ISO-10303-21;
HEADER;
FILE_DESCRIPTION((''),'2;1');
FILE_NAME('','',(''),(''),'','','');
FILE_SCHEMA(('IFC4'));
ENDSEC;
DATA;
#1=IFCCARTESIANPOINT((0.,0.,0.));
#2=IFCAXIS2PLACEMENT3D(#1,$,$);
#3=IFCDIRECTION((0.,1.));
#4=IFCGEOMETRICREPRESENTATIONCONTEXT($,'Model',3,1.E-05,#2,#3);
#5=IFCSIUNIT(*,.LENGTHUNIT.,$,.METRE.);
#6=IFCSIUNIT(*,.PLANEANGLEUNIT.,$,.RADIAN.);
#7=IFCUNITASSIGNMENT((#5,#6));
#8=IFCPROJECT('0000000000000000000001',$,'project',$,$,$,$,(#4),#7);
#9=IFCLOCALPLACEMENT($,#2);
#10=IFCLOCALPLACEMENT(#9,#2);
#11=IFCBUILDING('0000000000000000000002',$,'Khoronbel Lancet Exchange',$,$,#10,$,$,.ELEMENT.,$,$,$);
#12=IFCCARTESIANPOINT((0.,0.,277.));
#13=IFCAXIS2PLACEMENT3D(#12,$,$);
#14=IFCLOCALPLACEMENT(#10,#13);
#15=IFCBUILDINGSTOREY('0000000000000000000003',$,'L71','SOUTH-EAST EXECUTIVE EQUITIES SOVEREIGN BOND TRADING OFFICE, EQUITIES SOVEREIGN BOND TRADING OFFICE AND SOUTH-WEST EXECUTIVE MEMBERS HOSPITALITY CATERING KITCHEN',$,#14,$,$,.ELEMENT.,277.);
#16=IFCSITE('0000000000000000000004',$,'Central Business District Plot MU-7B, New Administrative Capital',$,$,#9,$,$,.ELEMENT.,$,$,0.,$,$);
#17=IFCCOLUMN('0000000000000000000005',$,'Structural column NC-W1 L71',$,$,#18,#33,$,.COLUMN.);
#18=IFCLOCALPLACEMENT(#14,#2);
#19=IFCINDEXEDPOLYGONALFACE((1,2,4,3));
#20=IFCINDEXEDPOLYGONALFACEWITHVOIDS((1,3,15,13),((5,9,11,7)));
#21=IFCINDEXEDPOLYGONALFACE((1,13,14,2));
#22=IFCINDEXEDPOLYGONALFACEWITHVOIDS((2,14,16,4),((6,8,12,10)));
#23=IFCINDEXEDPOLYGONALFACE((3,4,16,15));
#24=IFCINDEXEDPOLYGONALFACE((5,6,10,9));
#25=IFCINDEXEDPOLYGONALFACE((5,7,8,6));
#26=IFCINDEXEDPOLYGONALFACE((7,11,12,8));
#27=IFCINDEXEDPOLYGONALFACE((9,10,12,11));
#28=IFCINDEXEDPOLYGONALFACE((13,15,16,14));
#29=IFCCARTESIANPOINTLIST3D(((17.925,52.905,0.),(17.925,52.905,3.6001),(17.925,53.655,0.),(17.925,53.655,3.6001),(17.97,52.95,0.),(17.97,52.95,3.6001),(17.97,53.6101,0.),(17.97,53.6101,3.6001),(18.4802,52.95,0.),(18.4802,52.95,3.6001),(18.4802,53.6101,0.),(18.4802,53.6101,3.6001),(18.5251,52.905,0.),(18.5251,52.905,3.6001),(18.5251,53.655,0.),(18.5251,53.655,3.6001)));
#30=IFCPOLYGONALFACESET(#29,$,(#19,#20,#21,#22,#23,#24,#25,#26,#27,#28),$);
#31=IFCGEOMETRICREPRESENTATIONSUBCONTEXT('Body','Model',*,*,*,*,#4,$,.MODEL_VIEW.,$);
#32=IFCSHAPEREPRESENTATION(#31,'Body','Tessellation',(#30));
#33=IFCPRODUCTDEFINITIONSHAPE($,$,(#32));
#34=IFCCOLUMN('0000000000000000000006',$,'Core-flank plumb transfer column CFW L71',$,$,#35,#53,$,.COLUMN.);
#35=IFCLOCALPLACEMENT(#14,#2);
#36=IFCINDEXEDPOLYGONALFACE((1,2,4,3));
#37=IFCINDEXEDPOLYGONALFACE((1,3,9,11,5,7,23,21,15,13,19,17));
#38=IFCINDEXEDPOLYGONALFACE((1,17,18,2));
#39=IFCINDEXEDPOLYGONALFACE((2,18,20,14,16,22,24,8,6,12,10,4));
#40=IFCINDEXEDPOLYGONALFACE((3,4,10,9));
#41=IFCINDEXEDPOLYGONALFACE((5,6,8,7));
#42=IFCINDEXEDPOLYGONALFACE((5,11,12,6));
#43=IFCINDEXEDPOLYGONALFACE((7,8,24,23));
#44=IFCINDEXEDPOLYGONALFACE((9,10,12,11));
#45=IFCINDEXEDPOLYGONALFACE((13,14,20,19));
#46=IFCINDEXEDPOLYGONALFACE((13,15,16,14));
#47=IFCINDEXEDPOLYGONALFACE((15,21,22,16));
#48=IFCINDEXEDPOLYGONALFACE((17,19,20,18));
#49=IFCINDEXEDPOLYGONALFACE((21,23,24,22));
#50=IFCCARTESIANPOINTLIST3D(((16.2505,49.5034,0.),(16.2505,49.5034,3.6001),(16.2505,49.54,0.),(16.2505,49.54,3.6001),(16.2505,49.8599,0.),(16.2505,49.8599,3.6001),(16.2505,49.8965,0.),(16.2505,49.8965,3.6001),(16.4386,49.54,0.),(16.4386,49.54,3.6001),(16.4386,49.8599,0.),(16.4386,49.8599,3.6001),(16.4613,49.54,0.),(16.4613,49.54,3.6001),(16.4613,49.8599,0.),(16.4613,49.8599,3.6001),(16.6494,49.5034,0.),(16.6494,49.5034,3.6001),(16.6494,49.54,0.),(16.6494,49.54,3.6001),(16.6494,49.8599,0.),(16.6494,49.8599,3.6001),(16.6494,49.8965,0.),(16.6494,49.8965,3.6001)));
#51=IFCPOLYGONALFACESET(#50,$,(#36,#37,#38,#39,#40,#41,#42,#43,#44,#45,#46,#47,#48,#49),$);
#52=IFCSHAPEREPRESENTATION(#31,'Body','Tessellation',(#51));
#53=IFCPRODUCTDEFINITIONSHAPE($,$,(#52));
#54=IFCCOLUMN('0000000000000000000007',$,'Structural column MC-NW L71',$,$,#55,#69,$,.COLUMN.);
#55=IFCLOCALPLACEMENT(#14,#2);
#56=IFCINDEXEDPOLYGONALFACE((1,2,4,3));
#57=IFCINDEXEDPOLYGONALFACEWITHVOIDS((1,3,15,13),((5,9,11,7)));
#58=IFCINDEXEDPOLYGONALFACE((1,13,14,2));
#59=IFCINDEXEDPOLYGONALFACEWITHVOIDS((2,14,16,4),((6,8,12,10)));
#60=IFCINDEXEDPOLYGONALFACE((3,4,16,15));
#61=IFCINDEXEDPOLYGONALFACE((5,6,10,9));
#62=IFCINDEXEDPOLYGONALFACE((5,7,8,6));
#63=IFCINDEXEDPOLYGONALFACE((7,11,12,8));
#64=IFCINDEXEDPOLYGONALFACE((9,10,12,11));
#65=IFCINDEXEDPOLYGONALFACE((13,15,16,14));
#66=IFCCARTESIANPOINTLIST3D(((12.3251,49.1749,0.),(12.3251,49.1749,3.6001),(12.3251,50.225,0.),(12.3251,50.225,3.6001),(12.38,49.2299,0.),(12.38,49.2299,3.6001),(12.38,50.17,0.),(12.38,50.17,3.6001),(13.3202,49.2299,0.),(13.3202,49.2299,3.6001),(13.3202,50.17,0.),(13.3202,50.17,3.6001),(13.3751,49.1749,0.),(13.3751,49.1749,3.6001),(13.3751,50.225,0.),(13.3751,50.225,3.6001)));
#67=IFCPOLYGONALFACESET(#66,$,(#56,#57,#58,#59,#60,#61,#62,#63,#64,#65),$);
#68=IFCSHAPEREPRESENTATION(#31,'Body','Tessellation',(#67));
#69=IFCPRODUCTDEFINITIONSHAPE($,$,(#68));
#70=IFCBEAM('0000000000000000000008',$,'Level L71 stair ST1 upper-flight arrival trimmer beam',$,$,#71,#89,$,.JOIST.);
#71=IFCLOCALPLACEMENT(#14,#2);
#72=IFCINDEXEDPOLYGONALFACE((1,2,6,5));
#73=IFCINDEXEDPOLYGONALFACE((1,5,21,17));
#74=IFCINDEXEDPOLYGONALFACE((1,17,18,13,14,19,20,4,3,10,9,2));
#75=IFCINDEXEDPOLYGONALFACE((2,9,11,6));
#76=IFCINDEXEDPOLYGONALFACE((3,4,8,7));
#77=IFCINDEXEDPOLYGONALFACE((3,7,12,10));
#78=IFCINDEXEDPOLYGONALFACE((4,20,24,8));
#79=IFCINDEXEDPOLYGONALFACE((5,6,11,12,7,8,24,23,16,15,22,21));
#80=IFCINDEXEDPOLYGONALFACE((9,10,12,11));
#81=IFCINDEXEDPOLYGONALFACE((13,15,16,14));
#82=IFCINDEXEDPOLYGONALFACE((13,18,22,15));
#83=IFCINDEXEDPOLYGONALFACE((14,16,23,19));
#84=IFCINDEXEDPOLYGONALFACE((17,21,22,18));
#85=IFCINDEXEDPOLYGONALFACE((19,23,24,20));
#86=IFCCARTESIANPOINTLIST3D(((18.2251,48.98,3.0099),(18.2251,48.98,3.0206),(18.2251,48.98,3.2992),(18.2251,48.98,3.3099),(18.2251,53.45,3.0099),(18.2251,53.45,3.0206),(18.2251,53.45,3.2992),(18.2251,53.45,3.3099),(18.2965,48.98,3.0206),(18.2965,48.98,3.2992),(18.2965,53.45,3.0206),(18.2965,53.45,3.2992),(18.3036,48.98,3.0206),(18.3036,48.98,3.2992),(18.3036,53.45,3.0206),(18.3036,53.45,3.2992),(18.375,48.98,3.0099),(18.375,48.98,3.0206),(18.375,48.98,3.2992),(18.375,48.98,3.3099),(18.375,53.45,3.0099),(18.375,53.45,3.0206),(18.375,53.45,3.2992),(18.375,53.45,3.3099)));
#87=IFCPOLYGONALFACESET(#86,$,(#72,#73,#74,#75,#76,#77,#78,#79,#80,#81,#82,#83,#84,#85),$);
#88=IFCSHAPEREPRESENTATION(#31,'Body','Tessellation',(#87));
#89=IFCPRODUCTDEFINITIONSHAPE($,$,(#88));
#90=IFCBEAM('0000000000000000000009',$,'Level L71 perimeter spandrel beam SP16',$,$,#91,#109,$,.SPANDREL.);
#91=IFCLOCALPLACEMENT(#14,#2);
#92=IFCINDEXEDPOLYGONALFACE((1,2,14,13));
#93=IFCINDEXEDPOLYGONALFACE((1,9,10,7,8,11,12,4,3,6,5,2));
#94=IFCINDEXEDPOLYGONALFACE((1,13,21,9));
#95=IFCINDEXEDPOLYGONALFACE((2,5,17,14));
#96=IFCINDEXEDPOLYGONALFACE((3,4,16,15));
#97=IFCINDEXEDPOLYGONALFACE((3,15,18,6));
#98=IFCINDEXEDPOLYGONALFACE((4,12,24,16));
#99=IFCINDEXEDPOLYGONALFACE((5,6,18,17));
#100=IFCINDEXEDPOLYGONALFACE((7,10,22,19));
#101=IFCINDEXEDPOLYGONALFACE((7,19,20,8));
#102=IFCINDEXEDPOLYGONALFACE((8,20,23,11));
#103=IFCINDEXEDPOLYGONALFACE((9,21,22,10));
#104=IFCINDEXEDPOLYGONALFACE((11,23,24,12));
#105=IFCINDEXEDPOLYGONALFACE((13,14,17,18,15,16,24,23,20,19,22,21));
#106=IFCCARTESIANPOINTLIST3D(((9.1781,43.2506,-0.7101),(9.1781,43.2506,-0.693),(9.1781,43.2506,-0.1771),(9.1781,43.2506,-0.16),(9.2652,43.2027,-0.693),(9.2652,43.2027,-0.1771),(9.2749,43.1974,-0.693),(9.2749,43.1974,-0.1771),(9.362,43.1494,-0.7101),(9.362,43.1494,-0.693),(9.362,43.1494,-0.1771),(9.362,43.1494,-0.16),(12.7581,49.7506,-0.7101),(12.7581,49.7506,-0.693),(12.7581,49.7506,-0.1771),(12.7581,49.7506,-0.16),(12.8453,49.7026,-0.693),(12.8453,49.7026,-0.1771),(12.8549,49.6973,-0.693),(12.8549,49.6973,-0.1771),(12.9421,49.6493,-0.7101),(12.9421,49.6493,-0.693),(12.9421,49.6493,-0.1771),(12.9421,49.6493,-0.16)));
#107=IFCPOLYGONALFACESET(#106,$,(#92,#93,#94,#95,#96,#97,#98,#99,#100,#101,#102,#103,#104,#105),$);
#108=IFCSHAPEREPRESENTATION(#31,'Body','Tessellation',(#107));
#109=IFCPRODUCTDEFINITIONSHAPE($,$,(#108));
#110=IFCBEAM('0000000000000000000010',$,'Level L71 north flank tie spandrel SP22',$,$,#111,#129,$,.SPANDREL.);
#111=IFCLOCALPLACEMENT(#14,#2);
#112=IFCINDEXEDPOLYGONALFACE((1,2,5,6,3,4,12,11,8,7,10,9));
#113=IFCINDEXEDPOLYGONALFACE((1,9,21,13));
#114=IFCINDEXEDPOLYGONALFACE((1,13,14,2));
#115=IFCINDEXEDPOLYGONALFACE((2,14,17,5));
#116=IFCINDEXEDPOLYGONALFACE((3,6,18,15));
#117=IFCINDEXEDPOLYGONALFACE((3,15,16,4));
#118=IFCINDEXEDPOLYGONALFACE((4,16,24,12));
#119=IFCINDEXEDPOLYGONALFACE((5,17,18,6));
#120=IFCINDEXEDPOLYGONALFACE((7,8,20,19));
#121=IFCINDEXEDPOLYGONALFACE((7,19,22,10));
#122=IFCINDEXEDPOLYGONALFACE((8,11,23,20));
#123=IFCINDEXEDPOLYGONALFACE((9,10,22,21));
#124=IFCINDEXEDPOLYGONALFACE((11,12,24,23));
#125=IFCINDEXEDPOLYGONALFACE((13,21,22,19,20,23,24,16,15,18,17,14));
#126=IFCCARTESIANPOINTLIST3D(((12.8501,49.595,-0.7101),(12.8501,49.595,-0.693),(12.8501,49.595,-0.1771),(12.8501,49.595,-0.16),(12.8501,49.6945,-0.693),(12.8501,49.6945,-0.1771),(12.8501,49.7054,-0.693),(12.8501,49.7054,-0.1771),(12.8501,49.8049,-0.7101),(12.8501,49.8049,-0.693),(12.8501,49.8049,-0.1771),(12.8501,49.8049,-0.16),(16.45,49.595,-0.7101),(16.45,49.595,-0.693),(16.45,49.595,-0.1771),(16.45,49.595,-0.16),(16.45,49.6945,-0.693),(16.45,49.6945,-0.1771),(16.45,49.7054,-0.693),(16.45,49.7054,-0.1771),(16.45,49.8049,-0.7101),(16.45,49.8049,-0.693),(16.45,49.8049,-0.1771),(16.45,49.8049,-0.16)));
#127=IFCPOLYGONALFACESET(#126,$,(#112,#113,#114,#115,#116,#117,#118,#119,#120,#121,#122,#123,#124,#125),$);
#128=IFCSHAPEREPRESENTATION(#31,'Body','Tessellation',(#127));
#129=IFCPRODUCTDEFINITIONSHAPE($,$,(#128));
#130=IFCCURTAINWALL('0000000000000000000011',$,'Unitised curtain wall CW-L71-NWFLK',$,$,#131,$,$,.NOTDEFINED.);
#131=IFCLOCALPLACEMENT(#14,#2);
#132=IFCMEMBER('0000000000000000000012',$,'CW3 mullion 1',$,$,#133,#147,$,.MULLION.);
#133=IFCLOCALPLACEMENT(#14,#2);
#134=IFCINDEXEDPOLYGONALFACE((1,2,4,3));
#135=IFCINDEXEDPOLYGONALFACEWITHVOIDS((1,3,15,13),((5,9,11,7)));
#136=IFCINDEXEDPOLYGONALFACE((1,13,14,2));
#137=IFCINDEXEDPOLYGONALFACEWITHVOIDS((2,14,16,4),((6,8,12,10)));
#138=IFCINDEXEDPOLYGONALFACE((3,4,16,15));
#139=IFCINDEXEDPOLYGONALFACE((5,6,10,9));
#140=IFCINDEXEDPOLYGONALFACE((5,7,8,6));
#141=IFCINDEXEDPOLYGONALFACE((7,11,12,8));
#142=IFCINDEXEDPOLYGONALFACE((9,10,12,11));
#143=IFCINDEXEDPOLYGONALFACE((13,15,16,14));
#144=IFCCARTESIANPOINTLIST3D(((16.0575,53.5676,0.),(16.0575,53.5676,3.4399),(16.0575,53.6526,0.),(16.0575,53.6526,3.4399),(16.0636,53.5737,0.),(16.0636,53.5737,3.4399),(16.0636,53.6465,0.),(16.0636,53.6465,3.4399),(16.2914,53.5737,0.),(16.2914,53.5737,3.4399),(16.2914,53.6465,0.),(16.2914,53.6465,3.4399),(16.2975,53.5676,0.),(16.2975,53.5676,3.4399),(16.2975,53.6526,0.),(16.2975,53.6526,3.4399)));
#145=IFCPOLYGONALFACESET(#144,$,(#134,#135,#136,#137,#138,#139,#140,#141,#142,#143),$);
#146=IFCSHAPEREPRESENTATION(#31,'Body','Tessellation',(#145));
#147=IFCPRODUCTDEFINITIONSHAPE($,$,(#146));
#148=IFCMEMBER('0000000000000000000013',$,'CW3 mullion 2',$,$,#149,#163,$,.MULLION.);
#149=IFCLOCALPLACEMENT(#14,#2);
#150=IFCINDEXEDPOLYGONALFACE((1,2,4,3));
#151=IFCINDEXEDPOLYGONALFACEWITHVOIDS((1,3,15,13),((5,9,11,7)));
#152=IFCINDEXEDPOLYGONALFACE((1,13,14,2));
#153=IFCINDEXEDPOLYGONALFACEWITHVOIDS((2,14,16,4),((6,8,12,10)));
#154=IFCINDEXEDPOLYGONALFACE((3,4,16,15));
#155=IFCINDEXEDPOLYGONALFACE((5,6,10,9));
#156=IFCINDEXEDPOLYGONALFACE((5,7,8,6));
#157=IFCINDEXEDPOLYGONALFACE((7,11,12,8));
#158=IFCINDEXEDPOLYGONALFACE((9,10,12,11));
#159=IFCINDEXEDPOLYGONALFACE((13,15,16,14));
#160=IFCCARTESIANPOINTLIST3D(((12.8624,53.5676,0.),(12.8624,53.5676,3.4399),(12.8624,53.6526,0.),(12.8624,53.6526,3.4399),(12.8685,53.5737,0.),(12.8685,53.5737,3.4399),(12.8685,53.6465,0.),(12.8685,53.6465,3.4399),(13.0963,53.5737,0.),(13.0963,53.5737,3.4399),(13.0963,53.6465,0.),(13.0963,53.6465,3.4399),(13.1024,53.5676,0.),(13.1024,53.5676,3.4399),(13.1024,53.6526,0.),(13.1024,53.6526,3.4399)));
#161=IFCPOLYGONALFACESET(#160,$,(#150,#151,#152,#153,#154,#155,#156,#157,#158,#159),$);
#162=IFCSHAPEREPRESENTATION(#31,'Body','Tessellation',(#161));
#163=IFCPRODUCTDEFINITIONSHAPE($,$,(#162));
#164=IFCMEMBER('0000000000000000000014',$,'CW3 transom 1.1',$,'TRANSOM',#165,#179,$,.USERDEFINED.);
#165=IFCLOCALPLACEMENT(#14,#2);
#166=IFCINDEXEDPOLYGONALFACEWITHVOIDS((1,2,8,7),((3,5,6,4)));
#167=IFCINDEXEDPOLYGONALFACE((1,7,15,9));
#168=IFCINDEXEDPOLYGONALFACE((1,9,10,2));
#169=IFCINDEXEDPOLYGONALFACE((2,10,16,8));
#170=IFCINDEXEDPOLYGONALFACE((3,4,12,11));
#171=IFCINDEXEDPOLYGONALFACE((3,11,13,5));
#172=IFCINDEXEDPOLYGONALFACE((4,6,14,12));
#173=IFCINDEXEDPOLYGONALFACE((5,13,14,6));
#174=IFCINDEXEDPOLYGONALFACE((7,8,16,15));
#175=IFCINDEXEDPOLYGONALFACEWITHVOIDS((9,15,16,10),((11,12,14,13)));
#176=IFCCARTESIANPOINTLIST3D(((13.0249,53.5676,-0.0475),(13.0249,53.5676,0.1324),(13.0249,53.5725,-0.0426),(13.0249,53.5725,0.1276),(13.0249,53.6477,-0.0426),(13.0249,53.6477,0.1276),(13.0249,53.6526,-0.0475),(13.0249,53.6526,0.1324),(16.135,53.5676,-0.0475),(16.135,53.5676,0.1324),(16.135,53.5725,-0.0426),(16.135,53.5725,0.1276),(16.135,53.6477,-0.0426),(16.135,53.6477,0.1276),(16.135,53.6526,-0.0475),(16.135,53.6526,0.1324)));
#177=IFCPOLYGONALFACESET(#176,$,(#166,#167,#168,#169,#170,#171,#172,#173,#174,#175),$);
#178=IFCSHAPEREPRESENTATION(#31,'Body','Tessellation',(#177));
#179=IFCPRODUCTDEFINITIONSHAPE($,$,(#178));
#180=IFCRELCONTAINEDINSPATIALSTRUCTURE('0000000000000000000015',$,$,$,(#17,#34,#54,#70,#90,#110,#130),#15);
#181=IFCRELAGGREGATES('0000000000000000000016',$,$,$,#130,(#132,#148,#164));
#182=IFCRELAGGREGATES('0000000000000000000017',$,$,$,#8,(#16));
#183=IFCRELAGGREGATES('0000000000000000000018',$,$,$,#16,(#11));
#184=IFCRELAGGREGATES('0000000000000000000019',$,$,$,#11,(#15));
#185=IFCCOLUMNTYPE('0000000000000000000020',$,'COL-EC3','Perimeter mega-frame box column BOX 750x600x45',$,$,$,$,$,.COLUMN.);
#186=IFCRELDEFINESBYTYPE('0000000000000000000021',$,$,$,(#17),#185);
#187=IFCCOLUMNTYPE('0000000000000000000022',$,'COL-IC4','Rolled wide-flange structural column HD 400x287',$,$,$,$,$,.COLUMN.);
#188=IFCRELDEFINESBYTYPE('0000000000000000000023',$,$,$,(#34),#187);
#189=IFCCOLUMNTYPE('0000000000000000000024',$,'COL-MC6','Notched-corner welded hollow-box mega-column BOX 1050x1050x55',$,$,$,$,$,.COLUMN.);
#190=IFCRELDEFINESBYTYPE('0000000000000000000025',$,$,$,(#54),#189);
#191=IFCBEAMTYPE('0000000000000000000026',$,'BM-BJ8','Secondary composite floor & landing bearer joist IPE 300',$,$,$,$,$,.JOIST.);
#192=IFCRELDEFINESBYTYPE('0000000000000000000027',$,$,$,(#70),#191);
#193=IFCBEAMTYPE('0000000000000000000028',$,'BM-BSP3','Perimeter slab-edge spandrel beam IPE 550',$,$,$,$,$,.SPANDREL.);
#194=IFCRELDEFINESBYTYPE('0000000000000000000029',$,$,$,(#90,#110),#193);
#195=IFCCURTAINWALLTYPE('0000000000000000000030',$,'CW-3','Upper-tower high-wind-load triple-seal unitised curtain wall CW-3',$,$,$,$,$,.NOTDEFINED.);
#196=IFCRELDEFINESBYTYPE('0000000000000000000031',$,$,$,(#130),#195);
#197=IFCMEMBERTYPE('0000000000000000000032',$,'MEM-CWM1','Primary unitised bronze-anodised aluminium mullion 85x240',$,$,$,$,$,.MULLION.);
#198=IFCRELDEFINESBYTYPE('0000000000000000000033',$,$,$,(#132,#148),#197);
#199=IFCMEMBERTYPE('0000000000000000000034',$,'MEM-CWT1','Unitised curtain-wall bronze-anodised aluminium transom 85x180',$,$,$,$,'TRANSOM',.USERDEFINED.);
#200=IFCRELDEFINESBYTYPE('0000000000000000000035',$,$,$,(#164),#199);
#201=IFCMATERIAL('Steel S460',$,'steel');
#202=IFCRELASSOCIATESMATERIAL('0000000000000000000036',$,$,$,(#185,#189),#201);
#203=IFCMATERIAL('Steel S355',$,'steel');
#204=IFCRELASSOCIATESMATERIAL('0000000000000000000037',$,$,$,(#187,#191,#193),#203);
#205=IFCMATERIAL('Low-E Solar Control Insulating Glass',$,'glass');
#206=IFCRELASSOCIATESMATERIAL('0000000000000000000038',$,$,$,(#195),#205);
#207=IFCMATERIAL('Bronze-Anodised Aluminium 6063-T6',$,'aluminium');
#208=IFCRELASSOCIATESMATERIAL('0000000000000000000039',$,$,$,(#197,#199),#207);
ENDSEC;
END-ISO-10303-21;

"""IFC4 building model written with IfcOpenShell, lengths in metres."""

from ifc_helpers import new_model, si_unit, direction, frame, origin, origin_2d, place, context, subcontext, project, spatial, hollow_rectangle, i_section, extrude, material, material_profile, profile_set, type_object, element, aggregate, save


model = new_model("IFC4")

# Units and contexts
model_context = context("Model", 3, precision=1e-05, world=origin(), true_north=direction((0.0, 1.0)))
body_context = subcontext(model_context, "Body", "Model", "MODEL_VIEW")
ifc_project = project(units=[si_unit("LENGTHUNIT", "METRE"), si_unit("PLANEANGLEUNIT", "RADIAN")], contexts=[model_context])

# Site, building, storey
site_placement = place(None, origin())
site = spatial("IfcSite", under=ifc_project, at=site_placement, Name="Central Business District Plot MU-7B, New Administrative Capital", CompositionType="ELEMENT", RefElevation=0.0)
building_placement = place(site_placement, origin())
building = spatial("IfcBuilding", under=site, at=building_placement, Name="Khoronbel Lancet Exchange", CompositionType="ELEMENT")
storey_placement = place(building_placement, frame((0.0, 0.0, 277.0)))
storey = spatial("IfcBuildingStorey", under=building, at=storey_placement, Name="L71", Description="SOUTH-EAST EXECUTIVE EQUITIES SOVEREIGN BOND TRADING OFFICE, EQUITIES SOVEREIGN BOND TRADING OFFICE AND SOUTH-WEST EXECUTIVE MEMBERS HOSPITALITY CATERING KITCHEN", CompositionType="ELEMENT", Elevation=277.0)

# Columns
ifc_material_1 = material(Name="Steel S460", Category="steel")
ifc_material_profile_1 = material_profile(ifc_material_1, hollow_rectangle(XDim=0.6001, YDim=0.75, WallThickness=0.0449, at=origin_2d()), Name="BOX 750x600x45")
ifc_profile_set_1 = profile_set([ifc_material_profile_1], Name="Steel S460")
column_type_1 = type_object("IfcColumnType", Name="COL-EC3", Description="Perimeter mega-frame box column BOX 750x600x45", PredefinedType="COLUMN", material=ifc_profile_set_1)
column_1_placement = place(storey_placement, frame((18.2251, 53.28, 0.0), z_axis=(0.0, 0.0, 1.0), x_axis=(1.0, 0.0, 0.0)))
element("IfcColumn", 1, at=column_1_placement, inside=storey, type_object=column_type_1, Name="Structural column NC-W1 L71", PredefinedType="COLUMN", context=body_context, shape_type="SweptSolid", body=[
    extrude(hollow_rectangle(XDim=0.6001, YDim=0.75, WallThickness=0.0449, at=origin_2d()), origin(), (0.0, 0.0, 1.0), 3.6001),
])
ifc_material_2 = material(Name="Steel S355", Category="steel")
ifc_material_profile_2 = material_profile(ifc_material_2, i_section(OverallWidth=0.3989, OverallDepth=0.3931, WebThickness=0.0227, FlangeThickness=0.0366, at=origin_2d()), Name="HD 400x287")
ifc_profile_set_2 = profile_set([ifc_material_profile_2], Name="Steel S355")
column_type_2 = type_object("IfcColumnType", Name="COL-IC4", Description="Rolled wide-flange structural column HD 400x287", PredefinedType="COLUMN", material=ifc_profile_set_2)
column_2_placement = place(storey_placement, frame((16.45, 49.7, 0.0), z_axis=(0.0, 0.0, 1.0), x_axis=(1.0, 0.0, 0.0)))
element("IfcColumn", 2, at=column_2_placement, inside=storey, type_object=column_type_2, Name="Core-flank plumb transfer column CFW L71", PredefinedType="COLUMN", context=body_context, shape_type="SweptSolid", body=[
    extrude(i_section(OverallWidth=0.3989, OverallDepth=0.3931, WebThickness=0.0227, FlangeThickness=0.0366, at=origin_2d()), origin(), (0.0, 0.0, 1.0), 3.6001),
])
ifc_material_profile_3 = material_profile(ifc_material_1, hollow_rectangle(XDim=1.05, YDim=1.05, WallThickness=0.0549, at=origin_2d()), Name="BOX 1050x1050x55")
ifc_profile_set_3 = profile_set([ifc_material_profile_3], Name="Steel S460")
column_type_3 = type_object("IfcColumnType", Name="COL-MC6", Description="Notched-corner welded hollow-box mega-column BOX 1050x1050x55", PredefinedType="COLUMN", material=ifc_profile_set_3)
column_3_placement = place(storey_placement, frame((12.8501, 49.7, 0.0), z_axis=(0.0, 0.0, 1.0), x_axis=(1.0, 0.0, 0.0)))
element("IfcColumn", 3, at=column_3_placement, inside=storey, type_object=column_type_3, Name="Structural column MC-NW L71", PredefinedType="COLUMN", context=body_context, shape_type="SweptSolid", body=[
    extrude(hollow_rectangle(XDim=1.05, YDim=1.05, WallThickness=0.0549, at=origin_2d()), origin(), (0.0, 0.0, 1.0), 3.6001),
])

# Beams
ifc_material_profile_4 = material_profile(ifc_material_2, i_section(OverallWidth=0.1499, OverallDepth=0.3, WebThickness=0.0071, FlangeThickness=0.0107, at=origin_2d()), Name="IPE 300")
ifc_profile_set_4 = profile_set([ifc_material_profile_4], Name="Steel S355")
beam_type_1 = type_object("IfcBeamType", Name="BM-BJ8", Description="Secondary composite floor & landing bearer joist IPE 300", PredefinedType="JOIST", material=ifc_profile_set_4)
beam_1_placement = place(storey_placement, frame((18.3, 48.98, 3.1599), z_axis=(0.0, 1.0, 0.0), x_axis=(-1.0, 0.0, 0.0)))
element("IfcBeam", 4, at=beam_1_placement, inside=storey, type_object=beam_type_1, Name="Level L71 stair ST1 upper-flight arrival trimmer beam", PredefinedType="JOIST", context=body_context, shape_type="SweptSolid", body=[
    extrude(i_section(OverallWidth=0.1499, OverallDepth=0.3, WebThickness=0.0071, FlangeThickness=0.0107, at=origin_2d()), origin(), (0.0, 0.0, 1.0), 4.47),
])
ifc_material_profile_5 = material_profile(ifc_material_2, i_section(OverallWidth=0.21, OverallDepth=0.55, WebThickness=0.011, FlangeThickness=0.0171, at=origin_2d()), Name="IPE 550")
ifc_profile_set_5 = profile_set([ifc_material_profile_5], Name="Steel S355")
beam_type_2 = type_object("IfcBeamType", Name="BM-BSP3", Description="Perimeter slab-edge spandrel beam IPE 550", PredefinedType="SPANDREL", material=ifc_profile_set_5)
beam_2_placement = place(storey_placement, frame((12.8501, 49.7, -0.4351), z_axis=(-0.482444, -0.875927, 0.0), x_axis=(0.875927, -0.482444, 0.0)))
element("IfcBeam", 5, at=beam_2_placement, inside=storey, type_object=beam_type_2, Name="Level L71 perimeter spandrel beam SP16", PredefinedType="SPANDREL", context=body_context, shape_type="SweptSolid", body=[
    extrude(i_section(OverallWidth=0.21, OverallDepth=0.55, WebThickness=0.011, FlangeThickness=0.0171, at=origin_2d()), origin(), (0.0, 0.0, 1.0), 7.4207),
])
beam_3_placement = place(storey_placement, frame((12.8501, 49.7, -0.4351), z_axis=(1.0, 0.0, 0.0), x_axis=(0.0, 1.0, 0.0)))
element("IfcBeam", 6, at=beam_3_placement, inside=storey, type_object=beam_type_2, Name="Level L71 north flank tie spandrel SP22", PredefinedType="SPANDREL", context=body_context, shape_type="SweptSolid", body=[
    extrude(i_section(OverallWidth=0.21, OverallDepth=0.55, WebThickness=0.011, FlangeThickness=0.0171, at=origin_2d()), origin(), (0.0, 0.0, 1.0), 3.5999),
])

# Curtain wall, members
ifc_material_3 = material(Name="Low-E Solar Control Insulating Glass", Category="glass")
curtain_wall_type = type_object("IfcCurtainWallType", Name="CW-3", Description="Upper-tower high-wind-load triple-seal unitised curtain wall CW-3", PredefinedType="NOTDEFINED", material=ifc_material_3)
curtain_wall_placement = place(storey_placement, origin())
curtain_wall = element("IfcCurtainWall", 7, at=curtain_wall_placement, inside=storey, type_object=curtain_wall_type, Name="Unitised curtain wall CW-L71-NWFLK", PredefinedType="NOTDEFINED")
ifc_material_4 = material(Name="Bronze-Anodised Aluminium 6063-T6", Category="aluminium")
ifc_material_profile_6 = material_profile(ifc_material_4, hollow_rectangle(XDim=0.085, YDim=0.24, WallThickness=0.0061, at=origin_2d()), Name="ALU MULLION 85x240")
ifc_profile_set_6 = profile_set([ifc_material_profile_6], Name="Bronze-Anodised Aluminium 6063-T6")
member_type_1 = type_object("IfcMemberType", Name="MEM-CWM1", Description="Primary unitised bronze-anodised aluminium mullion 85x240", PredefinedType="MULLION", material=ifc_profile_set_6)
member_1_placement = place(storey_placement, frame((16.1775, 53.6101, 0.0), z_axis=(0.0, 0.0, 1.0), x_axis=(0.0, -1.0, 0.0)))
member_1 = element("IfcMember", 8, at=member_1_placement, type_object=member_type_1, Name="CW3 mullion 1", PredefinedType="MULLION", context=body_context, shape_type="SweptSolid", body=[
    extrude(hollow_rectangle(XDim=0.085, YDim=0.24, WallThickness=0.0061, at=origin_2d()), origin(), (0.0, 0.0, 1.0), 3.4399),
])
member_2_placement = place(storey_placement, frame((12.9824, 53.6101, 0.0), z_axis=(0.0, 0.0, 1.0), x_axis=(0.0, -1.0, 0.0)))
member_2 = element("IfcMember", 9, at=member_2_placement, type_object=member_type_1, Name="CW3 mullion 2", PredefinedType="MULLION", context=body_context, shape_type="SweptSolid", body=[
    extrude(hollow_rectangle(XDim=0.085, YDim=0.24, WallThickness=0.0061, at=origin_2d()), origin(), (0.0, 0.0, 1.0), 3.4399),
])
ifc_material_profile_7 = material_profile(ifc_material_4, hollow_rectangle(XDim=0.085, YDim=0.1799, WallThickness=0.0049, at=origin_2d()), Name="ALU TRANSOM 85x180")
ifc_profile_set_7 = profile_set([ifc_material_profile_7], Name="Bronze-Anodised Aluminium 6063-T6")
member_type_2 = type_object("IfcMemberType", Name="MEM-CWT1", Description="Unitised curtain-wall bronze-anodised aluminium transom 85x180", ElementType="TRANSOM", PredefinedType="USERDEFINED", material=ifc_profile_set_7)
member_3_placement = place(storey_placement, frame((16.135, 53.6101, 0.0425), z_axis=(-1.0, 0.0, 0.0), x_axis=(0.0, -1.0, 0.0)))
member_3 = element("IfcMember", 10, at=member_3_placement, type_object=member_type_2, Name="CW3 transom 1.1", ObjectType="TRANSOM", PredefinedType="USERDEFINED", context=body_context, shape_type="SweptSolid", body=[
    extrude(hollow_rectangle(XDim=0.085, YDim=0.1799, WallThickness=0.0049, at=origin_2d()), origin(), (0.0, 0.0, 1.0), 3.1101),
])
aggregate(curtain_wall, [member_1, member_2, member_3])

save(model, "model.ifc")
